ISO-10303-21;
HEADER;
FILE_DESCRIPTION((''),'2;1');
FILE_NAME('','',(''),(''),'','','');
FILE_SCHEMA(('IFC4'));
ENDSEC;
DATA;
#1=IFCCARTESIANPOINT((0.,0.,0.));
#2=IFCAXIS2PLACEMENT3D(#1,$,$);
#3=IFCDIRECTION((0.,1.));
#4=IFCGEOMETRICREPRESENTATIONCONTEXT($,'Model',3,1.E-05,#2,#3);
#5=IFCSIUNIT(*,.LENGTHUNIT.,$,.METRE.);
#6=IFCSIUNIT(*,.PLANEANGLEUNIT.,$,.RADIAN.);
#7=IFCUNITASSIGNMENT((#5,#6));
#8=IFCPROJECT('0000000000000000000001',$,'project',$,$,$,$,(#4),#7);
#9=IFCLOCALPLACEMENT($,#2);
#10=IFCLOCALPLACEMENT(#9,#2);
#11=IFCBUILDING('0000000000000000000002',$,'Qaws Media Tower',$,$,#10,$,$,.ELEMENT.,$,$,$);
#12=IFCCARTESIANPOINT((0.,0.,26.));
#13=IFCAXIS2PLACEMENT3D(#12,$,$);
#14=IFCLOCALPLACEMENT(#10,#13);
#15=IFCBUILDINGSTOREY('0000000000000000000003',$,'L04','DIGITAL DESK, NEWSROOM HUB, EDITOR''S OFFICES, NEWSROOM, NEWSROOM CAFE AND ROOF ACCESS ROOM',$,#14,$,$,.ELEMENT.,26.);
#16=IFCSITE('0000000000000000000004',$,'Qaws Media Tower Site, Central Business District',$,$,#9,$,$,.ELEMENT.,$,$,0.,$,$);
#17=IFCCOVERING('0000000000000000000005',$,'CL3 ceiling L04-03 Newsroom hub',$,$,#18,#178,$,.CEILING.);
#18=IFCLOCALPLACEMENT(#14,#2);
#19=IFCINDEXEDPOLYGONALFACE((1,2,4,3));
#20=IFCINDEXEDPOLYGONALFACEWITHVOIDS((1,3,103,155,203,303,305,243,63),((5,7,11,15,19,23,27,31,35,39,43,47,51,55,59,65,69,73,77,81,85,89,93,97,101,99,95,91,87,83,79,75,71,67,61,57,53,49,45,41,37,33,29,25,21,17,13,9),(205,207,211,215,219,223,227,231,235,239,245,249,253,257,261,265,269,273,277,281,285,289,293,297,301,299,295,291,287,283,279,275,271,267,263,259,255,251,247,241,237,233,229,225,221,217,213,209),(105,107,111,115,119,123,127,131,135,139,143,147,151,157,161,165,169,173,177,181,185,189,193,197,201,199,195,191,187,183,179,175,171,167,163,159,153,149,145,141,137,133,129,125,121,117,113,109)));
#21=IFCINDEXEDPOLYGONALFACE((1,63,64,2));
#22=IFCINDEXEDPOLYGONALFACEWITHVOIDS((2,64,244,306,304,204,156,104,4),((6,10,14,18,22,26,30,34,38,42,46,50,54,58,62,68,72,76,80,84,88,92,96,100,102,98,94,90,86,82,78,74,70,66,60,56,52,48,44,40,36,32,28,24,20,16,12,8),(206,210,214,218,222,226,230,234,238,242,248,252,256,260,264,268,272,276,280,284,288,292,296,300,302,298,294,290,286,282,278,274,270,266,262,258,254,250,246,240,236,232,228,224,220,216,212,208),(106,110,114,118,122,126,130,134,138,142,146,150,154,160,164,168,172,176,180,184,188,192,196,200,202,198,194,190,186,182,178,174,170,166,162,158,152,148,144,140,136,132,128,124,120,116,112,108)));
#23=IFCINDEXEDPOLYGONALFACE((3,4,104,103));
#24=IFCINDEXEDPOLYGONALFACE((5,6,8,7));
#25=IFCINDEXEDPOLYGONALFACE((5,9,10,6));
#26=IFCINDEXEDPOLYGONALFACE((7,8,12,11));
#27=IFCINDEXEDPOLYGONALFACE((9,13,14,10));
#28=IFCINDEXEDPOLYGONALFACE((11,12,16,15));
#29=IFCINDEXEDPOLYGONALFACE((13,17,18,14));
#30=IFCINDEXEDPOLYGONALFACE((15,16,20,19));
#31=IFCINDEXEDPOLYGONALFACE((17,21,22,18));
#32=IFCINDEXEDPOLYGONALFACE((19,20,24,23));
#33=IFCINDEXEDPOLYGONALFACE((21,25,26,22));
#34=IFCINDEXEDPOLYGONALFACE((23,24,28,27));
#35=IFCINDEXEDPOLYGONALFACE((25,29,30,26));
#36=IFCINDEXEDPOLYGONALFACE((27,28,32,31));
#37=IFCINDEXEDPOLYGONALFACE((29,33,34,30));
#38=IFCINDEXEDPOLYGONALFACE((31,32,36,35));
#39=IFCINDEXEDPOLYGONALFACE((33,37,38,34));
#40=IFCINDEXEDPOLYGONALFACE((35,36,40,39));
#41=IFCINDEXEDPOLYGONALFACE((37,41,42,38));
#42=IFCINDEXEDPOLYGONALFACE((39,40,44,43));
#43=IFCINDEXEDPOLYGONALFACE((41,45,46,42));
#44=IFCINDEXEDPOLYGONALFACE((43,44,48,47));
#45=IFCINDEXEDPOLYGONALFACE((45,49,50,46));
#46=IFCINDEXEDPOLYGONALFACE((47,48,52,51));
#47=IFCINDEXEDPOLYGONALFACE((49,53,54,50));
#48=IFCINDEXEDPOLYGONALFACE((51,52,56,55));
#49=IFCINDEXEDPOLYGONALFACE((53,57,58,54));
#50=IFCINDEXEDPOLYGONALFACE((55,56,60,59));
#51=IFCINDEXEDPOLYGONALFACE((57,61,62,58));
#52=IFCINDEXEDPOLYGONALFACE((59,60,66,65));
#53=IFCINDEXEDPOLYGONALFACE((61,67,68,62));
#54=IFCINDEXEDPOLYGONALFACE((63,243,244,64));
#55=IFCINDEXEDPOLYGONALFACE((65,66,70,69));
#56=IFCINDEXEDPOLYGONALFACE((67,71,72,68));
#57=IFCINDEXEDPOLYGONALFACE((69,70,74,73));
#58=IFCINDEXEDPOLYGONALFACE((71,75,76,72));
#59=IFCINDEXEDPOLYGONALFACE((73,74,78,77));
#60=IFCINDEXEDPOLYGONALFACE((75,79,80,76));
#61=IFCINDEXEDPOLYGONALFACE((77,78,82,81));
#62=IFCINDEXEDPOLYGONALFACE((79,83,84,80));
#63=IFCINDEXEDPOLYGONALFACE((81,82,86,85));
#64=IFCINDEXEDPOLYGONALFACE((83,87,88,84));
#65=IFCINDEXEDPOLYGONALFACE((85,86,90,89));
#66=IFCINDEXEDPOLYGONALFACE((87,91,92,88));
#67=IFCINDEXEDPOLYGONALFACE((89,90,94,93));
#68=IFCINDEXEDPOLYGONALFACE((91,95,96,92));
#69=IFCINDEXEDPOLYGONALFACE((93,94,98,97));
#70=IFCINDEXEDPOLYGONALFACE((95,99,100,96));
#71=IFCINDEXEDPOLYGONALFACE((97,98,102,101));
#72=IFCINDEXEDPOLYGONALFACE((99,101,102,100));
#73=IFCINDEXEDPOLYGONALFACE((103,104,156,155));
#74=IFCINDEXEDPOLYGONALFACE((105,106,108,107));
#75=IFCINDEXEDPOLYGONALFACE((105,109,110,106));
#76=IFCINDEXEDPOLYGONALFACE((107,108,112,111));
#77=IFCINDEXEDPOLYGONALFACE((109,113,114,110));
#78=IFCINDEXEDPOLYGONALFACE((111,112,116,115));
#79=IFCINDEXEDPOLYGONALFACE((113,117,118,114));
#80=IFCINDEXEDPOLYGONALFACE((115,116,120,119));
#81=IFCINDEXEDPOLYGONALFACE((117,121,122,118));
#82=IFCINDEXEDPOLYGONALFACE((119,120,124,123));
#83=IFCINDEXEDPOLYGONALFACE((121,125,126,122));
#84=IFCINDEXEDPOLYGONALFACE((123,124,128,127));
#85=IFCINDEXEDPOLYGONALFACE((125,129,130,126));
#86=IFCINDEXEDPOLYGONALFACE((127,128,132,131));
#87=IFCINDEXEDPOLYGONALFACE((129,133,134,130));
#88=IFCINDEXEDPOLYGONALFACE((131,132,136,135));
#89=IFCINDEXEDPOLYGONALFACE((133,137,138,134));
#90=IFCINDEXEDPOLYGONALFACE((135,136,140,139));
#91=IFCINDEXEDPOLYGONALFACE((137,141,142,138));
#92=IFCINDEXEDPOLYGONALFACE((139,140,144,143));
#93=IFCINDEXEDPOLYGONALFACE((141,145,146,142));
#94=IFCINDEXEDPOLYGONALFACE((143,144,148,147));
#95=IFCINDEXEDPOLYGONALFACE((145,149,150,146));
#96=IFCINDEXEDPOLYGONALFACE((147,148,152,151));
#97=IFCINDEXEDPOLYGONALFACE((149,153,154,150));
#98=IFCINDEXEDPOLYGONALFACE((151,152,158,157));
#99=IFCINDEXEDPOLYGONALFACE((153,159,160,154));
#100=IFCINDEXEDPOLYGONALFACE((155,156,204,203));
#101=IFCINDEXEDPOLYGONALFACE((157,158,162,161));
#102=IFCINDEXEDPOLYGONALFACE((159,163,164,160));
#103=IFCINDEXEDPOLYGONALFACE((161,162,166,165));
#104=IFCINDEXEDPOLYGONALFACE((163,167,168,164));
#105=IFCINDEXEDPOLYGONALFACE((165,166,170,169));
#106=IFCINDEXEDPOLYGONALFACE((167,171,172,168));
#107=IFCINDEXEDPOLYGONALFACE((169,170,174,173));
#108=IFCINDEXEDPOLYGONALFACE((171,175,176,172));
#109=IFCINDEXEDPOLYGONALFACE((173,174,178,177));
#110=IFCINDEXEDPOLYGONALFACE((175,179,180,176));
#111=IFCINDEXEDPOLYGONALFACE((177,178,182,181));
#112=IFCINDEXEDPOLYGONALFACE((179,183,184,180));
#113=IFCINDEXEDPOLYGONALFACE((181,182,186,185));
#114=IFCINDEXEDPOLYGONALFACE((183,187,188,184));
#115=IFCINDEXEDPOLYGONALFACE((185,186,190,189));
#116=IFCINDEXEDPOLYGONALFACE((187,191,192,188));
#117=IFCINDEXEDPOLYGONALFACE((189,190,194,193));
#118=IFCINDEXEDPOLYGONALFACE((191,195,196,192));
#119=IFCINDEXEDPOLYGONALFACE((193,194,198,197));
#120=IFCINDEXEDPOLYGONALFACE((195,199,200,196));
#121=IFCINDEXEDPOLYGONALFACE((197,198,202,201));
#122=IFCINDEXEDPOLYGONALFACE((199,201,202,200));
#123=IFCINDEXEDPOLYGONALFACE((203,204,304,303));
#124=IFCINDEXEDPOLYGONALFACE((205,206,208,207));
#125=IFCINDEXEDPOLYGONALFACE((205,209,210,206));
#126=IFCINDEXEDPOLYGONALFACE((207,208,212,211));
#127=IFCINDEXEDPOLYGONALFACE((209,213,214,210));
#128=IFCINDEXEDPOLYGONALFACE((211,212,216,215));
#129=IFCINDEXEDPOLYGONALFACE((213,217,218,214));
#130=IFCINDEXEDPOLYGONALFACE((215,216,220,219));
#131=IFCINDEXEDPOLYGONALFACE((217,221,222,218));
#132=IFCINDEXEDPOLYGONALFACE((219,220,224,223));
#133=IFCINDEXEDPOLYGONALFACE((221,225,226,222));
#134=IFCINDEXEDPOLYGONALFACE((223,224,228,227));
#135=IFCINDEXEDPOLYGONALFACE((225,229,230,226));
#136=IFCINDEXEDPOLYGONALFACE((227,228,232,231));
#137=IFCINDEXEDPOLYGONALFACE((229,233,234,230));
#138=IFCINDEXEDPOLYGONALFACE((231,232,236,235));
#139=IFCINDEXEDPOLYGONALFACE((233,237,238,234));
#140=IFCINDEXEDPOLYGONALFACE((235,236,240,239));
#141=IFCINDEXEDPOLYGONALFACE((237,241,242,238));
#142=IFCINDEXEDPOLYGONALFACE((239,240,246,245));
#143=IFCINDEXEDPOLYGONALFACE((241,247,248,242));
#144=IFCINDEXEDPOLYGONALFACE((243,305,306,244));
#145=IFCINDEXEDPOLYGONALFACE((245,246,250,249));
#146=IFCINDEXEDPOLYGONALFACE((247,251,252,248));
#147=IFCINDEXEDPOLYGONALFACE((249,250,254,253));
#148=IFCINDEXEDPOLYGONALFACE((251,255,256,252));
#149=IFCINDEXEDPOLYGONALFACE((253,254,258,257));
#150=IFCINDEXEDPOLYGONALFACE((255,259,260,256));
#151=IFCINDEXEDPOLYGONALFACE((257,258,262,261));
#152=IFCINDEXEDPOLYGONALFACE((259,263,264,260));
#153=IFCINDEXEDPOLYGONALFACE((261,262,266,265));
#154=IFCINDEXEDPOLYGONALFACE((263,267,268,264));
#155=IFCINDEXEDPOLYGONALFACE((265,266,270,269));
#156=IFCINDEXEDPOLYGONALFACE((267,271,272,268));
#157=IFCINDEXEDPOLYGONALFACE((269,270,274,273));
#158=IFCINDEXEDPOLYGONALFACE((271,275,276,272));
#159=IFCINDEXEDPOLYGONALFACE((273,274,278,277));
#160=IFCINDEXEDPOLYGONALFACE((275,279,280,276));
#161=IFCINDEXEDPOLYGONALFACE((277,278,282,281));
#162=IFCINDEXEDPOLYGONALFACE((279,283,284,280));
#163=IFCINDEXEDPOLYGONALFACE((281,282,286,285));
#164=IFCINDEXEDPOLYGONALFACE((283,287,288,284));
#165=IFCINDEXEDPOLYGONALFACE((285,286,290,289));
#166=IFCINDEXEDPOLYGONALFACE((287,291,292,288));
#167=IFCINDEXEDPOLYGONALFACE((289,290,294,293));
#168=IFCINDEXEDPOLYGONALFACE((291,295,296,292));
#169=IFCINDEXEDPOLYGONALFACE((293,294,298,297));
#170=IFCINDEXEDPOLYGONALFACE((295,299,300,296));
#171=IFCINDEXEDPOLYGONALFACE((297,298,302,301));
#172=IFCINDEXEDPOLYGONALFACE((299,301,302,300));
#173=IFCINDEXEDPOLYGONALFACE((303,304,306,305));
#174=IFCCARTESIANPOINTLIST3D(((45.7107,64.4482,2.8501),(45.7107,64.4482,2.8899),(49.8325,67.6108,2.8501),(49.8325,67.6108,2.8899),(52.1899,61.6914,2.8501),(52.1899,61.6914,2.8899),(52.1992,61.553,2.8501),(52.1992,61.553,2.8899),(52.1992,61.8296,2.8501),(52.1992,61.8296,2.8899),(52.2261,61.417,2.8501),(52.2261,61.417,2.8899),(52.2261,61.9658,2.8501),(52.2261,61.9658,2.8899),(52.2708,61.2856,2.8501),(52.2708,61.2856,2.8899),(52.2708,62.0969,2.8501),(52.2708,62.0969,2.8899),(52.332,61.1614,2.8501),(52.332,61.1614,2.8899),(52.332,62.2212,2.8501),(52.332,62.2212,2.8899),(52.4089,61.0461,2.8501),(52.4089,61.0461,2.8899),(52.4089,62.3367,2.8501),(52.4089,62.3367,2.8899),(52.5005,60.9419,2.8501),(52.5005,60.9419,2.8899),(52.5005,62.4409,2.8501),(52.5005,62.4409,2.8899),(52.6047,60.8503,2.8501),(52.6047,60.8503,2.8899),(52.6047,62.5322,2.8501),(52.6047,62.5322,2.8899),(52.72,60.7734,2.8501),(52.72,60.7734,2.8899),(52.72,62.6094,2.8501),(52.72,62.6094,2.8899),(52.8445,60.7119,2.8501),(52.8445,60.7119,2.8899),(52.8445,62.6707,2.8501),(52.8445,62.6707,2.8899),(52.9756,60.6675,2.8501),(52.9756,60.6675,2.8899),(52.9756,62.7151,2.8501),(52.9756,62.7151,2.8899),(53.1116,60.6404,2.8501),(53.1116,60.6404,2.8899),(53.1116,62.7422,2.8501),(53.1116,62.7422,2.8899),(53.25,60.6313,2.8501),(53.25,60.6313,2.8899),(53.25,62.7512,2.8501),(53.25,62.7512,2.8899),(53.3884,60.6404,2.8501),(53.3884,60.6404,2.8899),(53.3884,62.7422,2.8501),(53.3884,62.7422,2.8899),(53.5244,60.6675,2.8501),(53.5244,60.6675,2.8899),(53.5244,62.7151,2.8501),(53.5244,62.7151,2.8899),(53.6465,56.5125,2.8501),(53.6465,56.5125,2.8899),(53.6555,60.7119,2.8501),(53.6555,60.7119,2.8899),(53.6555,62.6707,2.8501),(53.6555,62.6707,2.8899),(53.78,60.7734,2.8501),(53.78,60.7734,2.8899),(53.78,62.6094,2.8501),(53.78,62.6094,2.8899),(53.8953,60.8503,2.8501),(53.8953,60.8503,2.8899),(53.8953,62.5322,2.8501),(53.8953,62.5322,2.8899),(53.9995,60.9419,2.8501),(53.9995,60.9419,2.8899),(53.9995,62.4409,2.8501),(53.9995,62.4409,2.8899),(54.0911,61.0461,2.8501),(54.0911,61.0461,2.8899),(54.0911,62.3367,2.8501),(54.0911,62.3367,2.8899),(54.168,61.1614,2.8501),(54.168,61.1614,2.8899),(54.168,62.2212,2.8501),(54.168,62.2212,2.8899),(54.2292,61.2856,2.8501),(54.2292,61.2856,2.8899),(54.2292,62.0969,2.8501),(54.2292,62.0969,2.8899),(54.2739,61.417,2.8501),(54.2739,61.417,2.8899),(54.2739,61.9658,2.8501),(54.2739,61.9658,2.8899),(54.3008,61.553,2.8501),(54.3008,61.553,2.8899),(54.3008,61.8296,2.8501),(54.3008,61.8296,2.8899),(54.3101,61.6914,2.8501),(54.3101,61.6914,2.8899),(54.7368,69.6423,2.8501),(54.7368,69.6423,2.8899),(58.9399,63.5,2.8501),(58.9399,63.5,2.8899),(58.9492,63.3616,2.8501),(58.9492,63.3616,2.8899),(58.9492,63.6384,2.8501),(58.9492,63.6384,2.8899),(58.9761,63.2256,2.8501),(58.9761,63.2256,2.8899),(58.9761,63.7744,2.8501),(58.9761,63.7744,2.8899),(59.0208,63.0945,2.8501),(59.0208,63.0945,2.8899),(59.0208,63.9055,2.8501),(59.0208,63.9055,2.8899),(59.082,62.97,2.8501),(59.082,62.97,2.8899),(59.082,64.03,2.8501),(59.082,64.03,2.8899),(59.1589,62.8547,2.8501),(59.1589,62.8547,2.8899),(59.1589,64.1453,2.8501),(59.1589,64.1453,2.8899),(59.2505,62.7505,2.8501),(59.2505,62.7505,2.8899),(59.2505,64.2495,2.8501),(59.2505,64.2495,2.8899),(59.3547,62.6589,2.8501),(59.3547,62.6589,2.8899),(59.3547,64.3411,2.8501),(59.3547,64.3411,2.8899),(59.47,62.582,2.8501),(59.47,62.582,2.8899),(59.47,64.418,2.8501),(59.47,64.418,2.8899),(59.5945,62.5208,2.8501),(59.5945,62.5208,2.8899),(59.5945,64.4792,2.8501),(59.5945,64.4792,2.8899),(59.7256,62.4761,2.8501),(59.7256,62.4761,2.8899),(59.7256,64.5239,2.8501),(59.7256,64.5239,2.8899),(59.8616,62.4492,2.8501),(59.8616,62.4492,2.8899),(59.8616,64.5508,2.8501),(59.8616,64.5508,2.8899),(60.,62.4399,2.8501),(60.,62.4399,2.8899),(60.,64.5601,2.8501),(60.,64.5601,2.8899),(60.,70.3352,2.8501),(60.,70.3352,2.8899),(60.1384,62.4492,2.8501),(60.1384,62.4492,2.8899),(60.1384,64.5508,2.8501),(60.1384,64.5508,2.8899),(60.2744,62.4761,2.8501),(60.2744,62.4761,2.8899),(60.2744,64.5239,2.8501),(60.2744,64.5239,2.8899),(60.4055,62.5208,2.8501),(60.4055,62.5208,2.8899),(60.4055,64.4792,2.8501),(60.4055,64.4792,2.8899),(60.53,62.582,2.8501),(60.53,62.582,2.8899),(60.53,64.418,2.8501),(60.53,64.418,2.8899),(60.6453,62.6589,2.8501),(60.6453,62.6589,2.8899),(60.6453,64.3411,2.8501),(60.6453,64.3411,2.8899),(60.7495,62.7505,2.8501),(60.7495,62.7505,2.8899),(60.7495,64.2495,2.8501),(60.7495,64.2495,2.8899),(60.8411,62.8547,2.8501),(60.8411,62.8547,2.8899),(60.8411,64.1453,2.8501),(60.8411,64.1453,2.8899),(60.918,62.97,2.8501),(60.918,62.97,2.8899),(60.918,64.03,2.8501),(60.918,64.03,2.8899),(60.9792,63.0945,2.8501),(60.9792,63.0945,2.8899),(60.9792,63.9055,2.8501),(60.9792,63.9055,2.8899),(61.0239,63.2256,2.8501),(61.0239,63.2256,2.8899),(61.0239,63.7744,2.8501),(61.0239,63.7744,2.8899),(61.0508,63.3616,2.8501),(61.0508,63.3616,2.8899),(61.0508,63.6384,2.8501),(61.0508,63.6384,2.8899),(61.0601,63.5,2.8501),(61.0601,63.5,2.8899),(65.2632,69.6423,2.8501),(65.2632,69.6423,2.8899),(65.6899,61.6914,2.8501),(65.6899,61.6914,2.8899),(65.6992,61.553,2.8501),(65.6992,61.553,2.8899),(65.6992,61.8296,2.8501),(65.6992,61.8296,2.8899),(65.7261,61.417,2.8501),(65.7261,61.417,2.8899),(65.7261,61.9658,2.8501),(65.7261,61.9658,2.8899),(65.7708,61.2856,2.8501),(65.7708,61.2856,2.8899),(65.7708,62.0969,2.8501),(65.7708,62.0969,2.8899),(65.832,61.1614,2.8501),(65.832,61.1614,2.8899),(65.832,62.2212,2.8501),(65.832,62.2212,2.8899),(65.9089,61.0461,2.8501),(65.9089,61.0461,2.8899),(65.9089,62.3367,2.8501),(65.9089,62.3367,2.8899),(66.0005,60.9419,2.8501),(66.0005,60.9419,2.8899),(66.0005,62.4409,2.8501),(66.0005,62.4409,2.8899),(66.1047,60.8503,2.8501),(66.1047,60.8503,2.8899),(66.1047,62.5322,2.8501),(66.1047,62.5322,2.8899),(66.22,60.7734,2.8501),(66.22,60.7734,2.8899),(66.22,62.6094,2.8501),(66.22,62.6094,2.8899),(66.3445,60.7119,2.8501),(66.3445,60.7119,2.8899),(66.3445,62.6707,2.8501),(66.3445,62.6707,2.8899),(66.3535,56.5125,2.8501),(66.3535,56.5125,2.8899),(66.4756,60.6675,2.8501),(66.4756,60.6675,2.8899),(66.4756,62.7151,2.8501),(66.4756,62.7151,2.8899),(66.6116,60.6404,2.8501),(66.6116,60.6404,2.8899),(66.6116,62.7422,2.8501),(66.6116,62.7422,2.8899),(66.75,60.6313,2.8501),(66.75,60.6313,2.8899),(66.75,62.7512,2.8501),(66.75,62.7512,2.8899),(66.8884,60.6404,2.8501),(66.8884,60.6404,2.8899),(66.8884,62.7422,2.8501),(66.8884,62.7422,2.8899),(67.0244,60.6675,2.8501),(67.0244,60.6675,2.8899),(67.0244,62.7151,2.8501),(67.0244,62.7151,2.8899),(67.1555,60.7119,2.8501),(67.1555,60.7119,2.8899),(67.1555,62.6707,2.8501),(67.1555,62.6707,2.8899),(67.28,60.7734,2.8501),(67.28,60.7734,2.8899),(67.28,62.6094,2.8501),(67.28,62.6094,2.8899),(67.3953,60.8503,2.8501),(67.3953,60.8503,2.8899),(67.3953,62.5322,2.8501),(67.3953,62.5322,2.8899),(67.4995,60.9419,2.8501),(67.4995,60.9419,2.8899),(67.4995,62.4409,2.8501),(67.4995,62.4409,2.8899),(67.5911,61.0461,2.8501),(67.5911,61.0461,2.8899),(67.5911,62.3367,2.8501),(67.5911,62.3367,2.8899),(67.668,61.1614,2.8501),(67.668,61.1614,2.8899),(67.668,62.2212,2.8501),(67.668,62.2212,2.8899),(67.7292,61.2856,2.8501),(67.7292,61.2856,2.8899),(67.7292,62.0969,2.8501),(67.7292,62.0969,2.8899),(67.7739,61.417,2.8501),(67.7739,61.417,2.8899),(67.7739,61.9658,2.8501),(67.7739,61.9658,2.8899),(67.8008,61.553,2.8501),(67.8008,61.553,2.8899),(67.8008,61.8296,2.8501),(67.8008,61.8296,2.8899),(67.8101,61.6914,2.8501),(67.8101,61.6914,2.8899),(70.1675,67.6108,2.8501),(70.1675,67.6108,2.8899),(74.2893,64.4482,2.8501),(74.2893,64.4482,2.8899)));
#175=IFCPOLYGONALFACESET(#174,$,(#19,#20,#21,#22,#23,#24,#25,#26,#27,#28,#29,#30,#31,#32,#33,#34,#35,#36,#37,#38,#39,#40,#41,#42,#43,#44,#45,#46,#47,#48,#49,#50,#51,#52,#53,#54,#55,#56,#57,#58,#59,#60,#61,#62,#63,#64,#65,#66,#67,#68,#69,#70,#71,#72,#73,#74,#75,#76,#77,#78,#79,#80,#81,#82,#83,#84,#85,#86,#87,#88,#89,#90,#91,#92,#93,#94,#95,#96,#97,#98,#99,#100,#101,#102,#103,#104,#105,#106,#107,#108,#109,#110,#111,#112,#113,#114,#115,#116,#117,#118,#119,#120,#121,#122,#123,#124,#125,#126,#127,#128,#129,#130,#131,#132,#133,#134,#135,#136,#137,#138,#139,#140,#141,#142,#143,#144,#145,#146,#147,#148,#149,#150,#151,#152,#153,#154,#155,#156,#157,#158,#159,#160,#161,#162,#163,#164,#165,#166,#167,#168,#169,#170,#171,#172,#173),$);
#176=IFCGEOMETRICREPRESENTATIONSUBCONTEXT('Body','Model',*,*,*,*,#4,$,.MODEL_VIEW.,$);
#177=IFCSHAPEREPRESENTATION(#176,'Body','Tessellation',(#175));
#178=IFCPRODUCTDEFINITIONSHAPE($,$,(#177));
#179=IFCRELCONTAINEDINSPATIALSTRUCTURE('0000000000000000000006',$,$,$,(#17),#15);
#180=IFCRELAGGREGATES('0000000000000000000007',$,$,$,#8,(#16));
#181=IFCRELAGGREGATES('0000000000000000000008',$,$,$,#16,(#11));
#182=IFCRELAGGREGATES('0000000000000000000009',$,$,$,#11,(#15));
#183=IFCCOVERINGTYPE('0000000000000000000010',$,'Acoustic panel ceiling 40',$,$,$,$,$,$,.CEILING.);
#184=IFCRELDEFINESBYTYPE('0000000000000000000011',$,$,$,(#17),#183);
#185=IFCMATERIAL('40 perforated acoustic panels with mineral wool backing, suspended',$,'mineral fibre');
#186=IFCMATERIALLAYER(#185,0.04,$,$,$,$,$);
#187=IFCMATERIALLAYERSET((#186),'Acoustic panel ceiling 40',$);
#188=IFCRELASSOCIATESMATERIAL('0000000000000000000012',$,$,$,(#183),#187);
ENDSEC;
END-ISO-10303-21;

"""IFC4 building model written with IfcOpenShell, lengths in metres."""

from ifc_helpers import new_model, si_unit, direction, frame, origin, place, context, subcontext, project, spatial, polyline, outline, extrude, material, layer, layer_set, type_object, element, save


model = new_model("IFC4")

# Units and contexts
model_context = context("Model", 3, precision=1e-05, world=origin(), true_north=direction((0.0, 1.0)))
body_context = subcontext(model_context, "Body", "Model", "MODEL_VIEW")
ifc_project = project(units=[si_unit("LENGTHUNIT", "METRE"), si_unit("PLANEANGLEUNIT", "RADIAN")], contexts=[model_context])

# Site, building, storey
site_placement = place(None, origin())
site = spatial("IfcSite", under=ifc_project, at=site_placement, Name="Qaws Media Tower Site, Central Business District", CompositionType="ELEMENT", RefElevation=0.0)
building_placement = place(site_placement, origin())
building = spatial("IfcBuilding", under=site, at=building_placement, Name="Qaws Media Tower", CompositionType="ELEMENT")
storey_placement = place(building_placement, frame((0.0, 0.0, 26.0)))
storey = spatial("IfcBuildingStorey", under=building, at=storey_placement, Name="L04", Description="DIGITAL DESK, NEWSROOM HUB, EDITOR'S OFFICES, NEWSROOM, NEWSROOM CAFE AND ROOF ACCESS ROOM", CompositionType="ELEMENT", Elevation=26.0)

# Covering
ifc_material_1 = material(Name="40 perforated acoustic panels with mineral wool backing, suspended", Category="mineral fibre")
ifc_layer_1 = layer(ifc_material_1, 0.04)
ifc_layer_set_1 = layer_set([ifc_layer_1], Name="Acoustic panel ceiling 40")
covering_type_1 = type_object("IfcCoveringType", Name="Acoustic panel ceiling 40", PredefinedType="CEILING", material=ifc_layer_set_1)
covering_1_placement = place(storey_placement, frame((0.0, 0.0, 2.8501)))
element("IfcCovering", 1, at=covering_1_placement, inside=storey, type_object=covering_type_1, Name="CL3 ceiling L04-03 Newsroom hub", PredefinedType="CEILING", context=body_context, shape_type="SweptSolid", body=[
    extrude(outline(polyline([(49.8325, 67.6108), (54.7368, 69.6423), (60.0, 70.3352), (65.2632, 69.6423), (70.1675, 67.6108), (74.2893, 64.4482), (66.3535, 56.5125), (53.6465, 56.5125), (45.7107, 64.4482), (49.8325, 67.6108)]), holes=[polyline([(54.2292, 61.2856), (54.2739, 61.417), (54.3008, 61.553), (54.3101, 61.6914), (54.3008, 61.8296), (54.2739, 61.9658), (54.2292, 62.0969), (54.168, 62.2212), (54.0911, 62.3367), (53.9995, 62.4409), (53.8953, 62.5322), (53.78, 62.6094), (53.6555, 62.6707), (53.5244, 62.7151), (53.3884, 62.7422), (53.25, 62.7512), (53.1116, 62.7422), (52.9756, 62.7151), (52.8445, 62.6707), (52.72, 62.6094), (52.6047, 62.5322), (52.5005, 62.4409), (52.4089, 62.3367), (52.332, 62.2212), (52.2708, 62.0969), (52.2261, 61.9658), (52.1992, 61.8296), (52.1899, 61.6914), (52.1992, 61.553), (52.2261, 61.417), (52.2708, 61.2856), (52.332, 61.1614), (52.4089, 61.0461), (52.5005, 60.9419), (52.6047, 60.8503), (52.72, 60.7734), (52.8445, 60.7119), (52.9756, 60.6675), (53.1116, 60.6404), (53.25, 60.6313), (53.3884, 60.6404), (53.5244, 60.6675), (53.6555, 60.7119), (53.78, 60.7734), (53.8953, 60.8503), (53.9995, 60.9419), (54.0911, 61.0461), (54.168, 61.1614), (54.2292, 61.2856)]), polyline([(60.9792, 63.0945), (61.0239, 63.2256), (61.0508, 63.3616), (61.0601, 63.5), (61.0508, 63.6384), (61.0239, 63.7744), (60.9792, 63.9055), (60.918, 64.03), (60.8411, 64.1453), (60.7495, 64.2495), (60.6453, 64.3411), (60.53, 64.418), (60.4055, 64.4792), (60.2744, 64.5239), (60.1384, 64.5508), (60.0, 64.5601), (59.8616, 64.5508), (59.7256, 64.5239), (59.5945, 64.4792), (59.47, 64.418), (59.3547, 64.3411), (59.2505, 64.2495), (59.1589, 64.1453), (59.082, 64.03), (59.0208, 63.9055), (58.9761, 63.7744), (58.9492, 63.6384), (58.9399, 63.5), (58.9492, 63.3616), (58.9761, 63.2256), (59.0208, 63.0945), (59.082, 62.97), (59.1589, 62.8547), (59.2505, 62.7505), (59.3547, 62.6589), (59.47, 62.582), (59.5945, 62.5208), (59.7256, 62.4761), (59.8616, 62.4492), (60.0, 62.4399), (60.1384, 62.4492), (60.2744, 62.4761), (60.4055, 62.5208), (60.53, 62.582), (60.6453, 62.6589), (60.7495, 62.7505), (60.8411, 62.8547), (60.918, 62.97), (60.9792, 63.0945)]), polyline([(67.7292, 61.2856), (67.7739, 61.417), (67.8008, 61.553), (67.8101, 61.6914), (67.8008, 61.8296), (67.7739, 61.9658), (67.7292, 62.0969), (67.668, 62.2212), (67.5911, 62.3367), (67.4995, 62.4409), (67.3953, 62.5322), (67.28, 62.6094), (67.1555, 62.6707), (67.0244, 62.7151), (66.8884, 62.7422), (66.75, 62.7512), (66.6116, 62.7422), (66.4756, 62.7151), (66.3445, 62.6707), (66.22, 62.6094), (66.1047, 62.5322), (66.0005, 62.4409), (65.9089, 62.3367), (65.832, 62.2212), (65.7708, 62.0969), (65.7261, 61.9658), (65.6992, 61.8296), (65.6899, 61.6914), (65.6992, 61.553), (65.7261, 61.417), (65.7708, 61.2856), (65.832, 61.1614), (65.9089, 61.0461), (66.0005, 60.9419), (66.1047, 60.8503), (66.22, 60.7734), (66.3445, 60.7119), (66.4756, 60.6675), (66.6116, 60.6404), (66.75, 60.6313), (66.8884, 60.6404), (67.0244, 60.6675), (67.1555, 60.7119), (67.28, 60.7734), (67.3953, 60.8503), (67.4995, 60.9419), (67.5911, 61.0461), (67.668, 61.1614), (67.7292, 61.2856)])]), origin(), (0.0, 0.0, 1.0), 0.0398),
])

save(model, "model.ifc")
